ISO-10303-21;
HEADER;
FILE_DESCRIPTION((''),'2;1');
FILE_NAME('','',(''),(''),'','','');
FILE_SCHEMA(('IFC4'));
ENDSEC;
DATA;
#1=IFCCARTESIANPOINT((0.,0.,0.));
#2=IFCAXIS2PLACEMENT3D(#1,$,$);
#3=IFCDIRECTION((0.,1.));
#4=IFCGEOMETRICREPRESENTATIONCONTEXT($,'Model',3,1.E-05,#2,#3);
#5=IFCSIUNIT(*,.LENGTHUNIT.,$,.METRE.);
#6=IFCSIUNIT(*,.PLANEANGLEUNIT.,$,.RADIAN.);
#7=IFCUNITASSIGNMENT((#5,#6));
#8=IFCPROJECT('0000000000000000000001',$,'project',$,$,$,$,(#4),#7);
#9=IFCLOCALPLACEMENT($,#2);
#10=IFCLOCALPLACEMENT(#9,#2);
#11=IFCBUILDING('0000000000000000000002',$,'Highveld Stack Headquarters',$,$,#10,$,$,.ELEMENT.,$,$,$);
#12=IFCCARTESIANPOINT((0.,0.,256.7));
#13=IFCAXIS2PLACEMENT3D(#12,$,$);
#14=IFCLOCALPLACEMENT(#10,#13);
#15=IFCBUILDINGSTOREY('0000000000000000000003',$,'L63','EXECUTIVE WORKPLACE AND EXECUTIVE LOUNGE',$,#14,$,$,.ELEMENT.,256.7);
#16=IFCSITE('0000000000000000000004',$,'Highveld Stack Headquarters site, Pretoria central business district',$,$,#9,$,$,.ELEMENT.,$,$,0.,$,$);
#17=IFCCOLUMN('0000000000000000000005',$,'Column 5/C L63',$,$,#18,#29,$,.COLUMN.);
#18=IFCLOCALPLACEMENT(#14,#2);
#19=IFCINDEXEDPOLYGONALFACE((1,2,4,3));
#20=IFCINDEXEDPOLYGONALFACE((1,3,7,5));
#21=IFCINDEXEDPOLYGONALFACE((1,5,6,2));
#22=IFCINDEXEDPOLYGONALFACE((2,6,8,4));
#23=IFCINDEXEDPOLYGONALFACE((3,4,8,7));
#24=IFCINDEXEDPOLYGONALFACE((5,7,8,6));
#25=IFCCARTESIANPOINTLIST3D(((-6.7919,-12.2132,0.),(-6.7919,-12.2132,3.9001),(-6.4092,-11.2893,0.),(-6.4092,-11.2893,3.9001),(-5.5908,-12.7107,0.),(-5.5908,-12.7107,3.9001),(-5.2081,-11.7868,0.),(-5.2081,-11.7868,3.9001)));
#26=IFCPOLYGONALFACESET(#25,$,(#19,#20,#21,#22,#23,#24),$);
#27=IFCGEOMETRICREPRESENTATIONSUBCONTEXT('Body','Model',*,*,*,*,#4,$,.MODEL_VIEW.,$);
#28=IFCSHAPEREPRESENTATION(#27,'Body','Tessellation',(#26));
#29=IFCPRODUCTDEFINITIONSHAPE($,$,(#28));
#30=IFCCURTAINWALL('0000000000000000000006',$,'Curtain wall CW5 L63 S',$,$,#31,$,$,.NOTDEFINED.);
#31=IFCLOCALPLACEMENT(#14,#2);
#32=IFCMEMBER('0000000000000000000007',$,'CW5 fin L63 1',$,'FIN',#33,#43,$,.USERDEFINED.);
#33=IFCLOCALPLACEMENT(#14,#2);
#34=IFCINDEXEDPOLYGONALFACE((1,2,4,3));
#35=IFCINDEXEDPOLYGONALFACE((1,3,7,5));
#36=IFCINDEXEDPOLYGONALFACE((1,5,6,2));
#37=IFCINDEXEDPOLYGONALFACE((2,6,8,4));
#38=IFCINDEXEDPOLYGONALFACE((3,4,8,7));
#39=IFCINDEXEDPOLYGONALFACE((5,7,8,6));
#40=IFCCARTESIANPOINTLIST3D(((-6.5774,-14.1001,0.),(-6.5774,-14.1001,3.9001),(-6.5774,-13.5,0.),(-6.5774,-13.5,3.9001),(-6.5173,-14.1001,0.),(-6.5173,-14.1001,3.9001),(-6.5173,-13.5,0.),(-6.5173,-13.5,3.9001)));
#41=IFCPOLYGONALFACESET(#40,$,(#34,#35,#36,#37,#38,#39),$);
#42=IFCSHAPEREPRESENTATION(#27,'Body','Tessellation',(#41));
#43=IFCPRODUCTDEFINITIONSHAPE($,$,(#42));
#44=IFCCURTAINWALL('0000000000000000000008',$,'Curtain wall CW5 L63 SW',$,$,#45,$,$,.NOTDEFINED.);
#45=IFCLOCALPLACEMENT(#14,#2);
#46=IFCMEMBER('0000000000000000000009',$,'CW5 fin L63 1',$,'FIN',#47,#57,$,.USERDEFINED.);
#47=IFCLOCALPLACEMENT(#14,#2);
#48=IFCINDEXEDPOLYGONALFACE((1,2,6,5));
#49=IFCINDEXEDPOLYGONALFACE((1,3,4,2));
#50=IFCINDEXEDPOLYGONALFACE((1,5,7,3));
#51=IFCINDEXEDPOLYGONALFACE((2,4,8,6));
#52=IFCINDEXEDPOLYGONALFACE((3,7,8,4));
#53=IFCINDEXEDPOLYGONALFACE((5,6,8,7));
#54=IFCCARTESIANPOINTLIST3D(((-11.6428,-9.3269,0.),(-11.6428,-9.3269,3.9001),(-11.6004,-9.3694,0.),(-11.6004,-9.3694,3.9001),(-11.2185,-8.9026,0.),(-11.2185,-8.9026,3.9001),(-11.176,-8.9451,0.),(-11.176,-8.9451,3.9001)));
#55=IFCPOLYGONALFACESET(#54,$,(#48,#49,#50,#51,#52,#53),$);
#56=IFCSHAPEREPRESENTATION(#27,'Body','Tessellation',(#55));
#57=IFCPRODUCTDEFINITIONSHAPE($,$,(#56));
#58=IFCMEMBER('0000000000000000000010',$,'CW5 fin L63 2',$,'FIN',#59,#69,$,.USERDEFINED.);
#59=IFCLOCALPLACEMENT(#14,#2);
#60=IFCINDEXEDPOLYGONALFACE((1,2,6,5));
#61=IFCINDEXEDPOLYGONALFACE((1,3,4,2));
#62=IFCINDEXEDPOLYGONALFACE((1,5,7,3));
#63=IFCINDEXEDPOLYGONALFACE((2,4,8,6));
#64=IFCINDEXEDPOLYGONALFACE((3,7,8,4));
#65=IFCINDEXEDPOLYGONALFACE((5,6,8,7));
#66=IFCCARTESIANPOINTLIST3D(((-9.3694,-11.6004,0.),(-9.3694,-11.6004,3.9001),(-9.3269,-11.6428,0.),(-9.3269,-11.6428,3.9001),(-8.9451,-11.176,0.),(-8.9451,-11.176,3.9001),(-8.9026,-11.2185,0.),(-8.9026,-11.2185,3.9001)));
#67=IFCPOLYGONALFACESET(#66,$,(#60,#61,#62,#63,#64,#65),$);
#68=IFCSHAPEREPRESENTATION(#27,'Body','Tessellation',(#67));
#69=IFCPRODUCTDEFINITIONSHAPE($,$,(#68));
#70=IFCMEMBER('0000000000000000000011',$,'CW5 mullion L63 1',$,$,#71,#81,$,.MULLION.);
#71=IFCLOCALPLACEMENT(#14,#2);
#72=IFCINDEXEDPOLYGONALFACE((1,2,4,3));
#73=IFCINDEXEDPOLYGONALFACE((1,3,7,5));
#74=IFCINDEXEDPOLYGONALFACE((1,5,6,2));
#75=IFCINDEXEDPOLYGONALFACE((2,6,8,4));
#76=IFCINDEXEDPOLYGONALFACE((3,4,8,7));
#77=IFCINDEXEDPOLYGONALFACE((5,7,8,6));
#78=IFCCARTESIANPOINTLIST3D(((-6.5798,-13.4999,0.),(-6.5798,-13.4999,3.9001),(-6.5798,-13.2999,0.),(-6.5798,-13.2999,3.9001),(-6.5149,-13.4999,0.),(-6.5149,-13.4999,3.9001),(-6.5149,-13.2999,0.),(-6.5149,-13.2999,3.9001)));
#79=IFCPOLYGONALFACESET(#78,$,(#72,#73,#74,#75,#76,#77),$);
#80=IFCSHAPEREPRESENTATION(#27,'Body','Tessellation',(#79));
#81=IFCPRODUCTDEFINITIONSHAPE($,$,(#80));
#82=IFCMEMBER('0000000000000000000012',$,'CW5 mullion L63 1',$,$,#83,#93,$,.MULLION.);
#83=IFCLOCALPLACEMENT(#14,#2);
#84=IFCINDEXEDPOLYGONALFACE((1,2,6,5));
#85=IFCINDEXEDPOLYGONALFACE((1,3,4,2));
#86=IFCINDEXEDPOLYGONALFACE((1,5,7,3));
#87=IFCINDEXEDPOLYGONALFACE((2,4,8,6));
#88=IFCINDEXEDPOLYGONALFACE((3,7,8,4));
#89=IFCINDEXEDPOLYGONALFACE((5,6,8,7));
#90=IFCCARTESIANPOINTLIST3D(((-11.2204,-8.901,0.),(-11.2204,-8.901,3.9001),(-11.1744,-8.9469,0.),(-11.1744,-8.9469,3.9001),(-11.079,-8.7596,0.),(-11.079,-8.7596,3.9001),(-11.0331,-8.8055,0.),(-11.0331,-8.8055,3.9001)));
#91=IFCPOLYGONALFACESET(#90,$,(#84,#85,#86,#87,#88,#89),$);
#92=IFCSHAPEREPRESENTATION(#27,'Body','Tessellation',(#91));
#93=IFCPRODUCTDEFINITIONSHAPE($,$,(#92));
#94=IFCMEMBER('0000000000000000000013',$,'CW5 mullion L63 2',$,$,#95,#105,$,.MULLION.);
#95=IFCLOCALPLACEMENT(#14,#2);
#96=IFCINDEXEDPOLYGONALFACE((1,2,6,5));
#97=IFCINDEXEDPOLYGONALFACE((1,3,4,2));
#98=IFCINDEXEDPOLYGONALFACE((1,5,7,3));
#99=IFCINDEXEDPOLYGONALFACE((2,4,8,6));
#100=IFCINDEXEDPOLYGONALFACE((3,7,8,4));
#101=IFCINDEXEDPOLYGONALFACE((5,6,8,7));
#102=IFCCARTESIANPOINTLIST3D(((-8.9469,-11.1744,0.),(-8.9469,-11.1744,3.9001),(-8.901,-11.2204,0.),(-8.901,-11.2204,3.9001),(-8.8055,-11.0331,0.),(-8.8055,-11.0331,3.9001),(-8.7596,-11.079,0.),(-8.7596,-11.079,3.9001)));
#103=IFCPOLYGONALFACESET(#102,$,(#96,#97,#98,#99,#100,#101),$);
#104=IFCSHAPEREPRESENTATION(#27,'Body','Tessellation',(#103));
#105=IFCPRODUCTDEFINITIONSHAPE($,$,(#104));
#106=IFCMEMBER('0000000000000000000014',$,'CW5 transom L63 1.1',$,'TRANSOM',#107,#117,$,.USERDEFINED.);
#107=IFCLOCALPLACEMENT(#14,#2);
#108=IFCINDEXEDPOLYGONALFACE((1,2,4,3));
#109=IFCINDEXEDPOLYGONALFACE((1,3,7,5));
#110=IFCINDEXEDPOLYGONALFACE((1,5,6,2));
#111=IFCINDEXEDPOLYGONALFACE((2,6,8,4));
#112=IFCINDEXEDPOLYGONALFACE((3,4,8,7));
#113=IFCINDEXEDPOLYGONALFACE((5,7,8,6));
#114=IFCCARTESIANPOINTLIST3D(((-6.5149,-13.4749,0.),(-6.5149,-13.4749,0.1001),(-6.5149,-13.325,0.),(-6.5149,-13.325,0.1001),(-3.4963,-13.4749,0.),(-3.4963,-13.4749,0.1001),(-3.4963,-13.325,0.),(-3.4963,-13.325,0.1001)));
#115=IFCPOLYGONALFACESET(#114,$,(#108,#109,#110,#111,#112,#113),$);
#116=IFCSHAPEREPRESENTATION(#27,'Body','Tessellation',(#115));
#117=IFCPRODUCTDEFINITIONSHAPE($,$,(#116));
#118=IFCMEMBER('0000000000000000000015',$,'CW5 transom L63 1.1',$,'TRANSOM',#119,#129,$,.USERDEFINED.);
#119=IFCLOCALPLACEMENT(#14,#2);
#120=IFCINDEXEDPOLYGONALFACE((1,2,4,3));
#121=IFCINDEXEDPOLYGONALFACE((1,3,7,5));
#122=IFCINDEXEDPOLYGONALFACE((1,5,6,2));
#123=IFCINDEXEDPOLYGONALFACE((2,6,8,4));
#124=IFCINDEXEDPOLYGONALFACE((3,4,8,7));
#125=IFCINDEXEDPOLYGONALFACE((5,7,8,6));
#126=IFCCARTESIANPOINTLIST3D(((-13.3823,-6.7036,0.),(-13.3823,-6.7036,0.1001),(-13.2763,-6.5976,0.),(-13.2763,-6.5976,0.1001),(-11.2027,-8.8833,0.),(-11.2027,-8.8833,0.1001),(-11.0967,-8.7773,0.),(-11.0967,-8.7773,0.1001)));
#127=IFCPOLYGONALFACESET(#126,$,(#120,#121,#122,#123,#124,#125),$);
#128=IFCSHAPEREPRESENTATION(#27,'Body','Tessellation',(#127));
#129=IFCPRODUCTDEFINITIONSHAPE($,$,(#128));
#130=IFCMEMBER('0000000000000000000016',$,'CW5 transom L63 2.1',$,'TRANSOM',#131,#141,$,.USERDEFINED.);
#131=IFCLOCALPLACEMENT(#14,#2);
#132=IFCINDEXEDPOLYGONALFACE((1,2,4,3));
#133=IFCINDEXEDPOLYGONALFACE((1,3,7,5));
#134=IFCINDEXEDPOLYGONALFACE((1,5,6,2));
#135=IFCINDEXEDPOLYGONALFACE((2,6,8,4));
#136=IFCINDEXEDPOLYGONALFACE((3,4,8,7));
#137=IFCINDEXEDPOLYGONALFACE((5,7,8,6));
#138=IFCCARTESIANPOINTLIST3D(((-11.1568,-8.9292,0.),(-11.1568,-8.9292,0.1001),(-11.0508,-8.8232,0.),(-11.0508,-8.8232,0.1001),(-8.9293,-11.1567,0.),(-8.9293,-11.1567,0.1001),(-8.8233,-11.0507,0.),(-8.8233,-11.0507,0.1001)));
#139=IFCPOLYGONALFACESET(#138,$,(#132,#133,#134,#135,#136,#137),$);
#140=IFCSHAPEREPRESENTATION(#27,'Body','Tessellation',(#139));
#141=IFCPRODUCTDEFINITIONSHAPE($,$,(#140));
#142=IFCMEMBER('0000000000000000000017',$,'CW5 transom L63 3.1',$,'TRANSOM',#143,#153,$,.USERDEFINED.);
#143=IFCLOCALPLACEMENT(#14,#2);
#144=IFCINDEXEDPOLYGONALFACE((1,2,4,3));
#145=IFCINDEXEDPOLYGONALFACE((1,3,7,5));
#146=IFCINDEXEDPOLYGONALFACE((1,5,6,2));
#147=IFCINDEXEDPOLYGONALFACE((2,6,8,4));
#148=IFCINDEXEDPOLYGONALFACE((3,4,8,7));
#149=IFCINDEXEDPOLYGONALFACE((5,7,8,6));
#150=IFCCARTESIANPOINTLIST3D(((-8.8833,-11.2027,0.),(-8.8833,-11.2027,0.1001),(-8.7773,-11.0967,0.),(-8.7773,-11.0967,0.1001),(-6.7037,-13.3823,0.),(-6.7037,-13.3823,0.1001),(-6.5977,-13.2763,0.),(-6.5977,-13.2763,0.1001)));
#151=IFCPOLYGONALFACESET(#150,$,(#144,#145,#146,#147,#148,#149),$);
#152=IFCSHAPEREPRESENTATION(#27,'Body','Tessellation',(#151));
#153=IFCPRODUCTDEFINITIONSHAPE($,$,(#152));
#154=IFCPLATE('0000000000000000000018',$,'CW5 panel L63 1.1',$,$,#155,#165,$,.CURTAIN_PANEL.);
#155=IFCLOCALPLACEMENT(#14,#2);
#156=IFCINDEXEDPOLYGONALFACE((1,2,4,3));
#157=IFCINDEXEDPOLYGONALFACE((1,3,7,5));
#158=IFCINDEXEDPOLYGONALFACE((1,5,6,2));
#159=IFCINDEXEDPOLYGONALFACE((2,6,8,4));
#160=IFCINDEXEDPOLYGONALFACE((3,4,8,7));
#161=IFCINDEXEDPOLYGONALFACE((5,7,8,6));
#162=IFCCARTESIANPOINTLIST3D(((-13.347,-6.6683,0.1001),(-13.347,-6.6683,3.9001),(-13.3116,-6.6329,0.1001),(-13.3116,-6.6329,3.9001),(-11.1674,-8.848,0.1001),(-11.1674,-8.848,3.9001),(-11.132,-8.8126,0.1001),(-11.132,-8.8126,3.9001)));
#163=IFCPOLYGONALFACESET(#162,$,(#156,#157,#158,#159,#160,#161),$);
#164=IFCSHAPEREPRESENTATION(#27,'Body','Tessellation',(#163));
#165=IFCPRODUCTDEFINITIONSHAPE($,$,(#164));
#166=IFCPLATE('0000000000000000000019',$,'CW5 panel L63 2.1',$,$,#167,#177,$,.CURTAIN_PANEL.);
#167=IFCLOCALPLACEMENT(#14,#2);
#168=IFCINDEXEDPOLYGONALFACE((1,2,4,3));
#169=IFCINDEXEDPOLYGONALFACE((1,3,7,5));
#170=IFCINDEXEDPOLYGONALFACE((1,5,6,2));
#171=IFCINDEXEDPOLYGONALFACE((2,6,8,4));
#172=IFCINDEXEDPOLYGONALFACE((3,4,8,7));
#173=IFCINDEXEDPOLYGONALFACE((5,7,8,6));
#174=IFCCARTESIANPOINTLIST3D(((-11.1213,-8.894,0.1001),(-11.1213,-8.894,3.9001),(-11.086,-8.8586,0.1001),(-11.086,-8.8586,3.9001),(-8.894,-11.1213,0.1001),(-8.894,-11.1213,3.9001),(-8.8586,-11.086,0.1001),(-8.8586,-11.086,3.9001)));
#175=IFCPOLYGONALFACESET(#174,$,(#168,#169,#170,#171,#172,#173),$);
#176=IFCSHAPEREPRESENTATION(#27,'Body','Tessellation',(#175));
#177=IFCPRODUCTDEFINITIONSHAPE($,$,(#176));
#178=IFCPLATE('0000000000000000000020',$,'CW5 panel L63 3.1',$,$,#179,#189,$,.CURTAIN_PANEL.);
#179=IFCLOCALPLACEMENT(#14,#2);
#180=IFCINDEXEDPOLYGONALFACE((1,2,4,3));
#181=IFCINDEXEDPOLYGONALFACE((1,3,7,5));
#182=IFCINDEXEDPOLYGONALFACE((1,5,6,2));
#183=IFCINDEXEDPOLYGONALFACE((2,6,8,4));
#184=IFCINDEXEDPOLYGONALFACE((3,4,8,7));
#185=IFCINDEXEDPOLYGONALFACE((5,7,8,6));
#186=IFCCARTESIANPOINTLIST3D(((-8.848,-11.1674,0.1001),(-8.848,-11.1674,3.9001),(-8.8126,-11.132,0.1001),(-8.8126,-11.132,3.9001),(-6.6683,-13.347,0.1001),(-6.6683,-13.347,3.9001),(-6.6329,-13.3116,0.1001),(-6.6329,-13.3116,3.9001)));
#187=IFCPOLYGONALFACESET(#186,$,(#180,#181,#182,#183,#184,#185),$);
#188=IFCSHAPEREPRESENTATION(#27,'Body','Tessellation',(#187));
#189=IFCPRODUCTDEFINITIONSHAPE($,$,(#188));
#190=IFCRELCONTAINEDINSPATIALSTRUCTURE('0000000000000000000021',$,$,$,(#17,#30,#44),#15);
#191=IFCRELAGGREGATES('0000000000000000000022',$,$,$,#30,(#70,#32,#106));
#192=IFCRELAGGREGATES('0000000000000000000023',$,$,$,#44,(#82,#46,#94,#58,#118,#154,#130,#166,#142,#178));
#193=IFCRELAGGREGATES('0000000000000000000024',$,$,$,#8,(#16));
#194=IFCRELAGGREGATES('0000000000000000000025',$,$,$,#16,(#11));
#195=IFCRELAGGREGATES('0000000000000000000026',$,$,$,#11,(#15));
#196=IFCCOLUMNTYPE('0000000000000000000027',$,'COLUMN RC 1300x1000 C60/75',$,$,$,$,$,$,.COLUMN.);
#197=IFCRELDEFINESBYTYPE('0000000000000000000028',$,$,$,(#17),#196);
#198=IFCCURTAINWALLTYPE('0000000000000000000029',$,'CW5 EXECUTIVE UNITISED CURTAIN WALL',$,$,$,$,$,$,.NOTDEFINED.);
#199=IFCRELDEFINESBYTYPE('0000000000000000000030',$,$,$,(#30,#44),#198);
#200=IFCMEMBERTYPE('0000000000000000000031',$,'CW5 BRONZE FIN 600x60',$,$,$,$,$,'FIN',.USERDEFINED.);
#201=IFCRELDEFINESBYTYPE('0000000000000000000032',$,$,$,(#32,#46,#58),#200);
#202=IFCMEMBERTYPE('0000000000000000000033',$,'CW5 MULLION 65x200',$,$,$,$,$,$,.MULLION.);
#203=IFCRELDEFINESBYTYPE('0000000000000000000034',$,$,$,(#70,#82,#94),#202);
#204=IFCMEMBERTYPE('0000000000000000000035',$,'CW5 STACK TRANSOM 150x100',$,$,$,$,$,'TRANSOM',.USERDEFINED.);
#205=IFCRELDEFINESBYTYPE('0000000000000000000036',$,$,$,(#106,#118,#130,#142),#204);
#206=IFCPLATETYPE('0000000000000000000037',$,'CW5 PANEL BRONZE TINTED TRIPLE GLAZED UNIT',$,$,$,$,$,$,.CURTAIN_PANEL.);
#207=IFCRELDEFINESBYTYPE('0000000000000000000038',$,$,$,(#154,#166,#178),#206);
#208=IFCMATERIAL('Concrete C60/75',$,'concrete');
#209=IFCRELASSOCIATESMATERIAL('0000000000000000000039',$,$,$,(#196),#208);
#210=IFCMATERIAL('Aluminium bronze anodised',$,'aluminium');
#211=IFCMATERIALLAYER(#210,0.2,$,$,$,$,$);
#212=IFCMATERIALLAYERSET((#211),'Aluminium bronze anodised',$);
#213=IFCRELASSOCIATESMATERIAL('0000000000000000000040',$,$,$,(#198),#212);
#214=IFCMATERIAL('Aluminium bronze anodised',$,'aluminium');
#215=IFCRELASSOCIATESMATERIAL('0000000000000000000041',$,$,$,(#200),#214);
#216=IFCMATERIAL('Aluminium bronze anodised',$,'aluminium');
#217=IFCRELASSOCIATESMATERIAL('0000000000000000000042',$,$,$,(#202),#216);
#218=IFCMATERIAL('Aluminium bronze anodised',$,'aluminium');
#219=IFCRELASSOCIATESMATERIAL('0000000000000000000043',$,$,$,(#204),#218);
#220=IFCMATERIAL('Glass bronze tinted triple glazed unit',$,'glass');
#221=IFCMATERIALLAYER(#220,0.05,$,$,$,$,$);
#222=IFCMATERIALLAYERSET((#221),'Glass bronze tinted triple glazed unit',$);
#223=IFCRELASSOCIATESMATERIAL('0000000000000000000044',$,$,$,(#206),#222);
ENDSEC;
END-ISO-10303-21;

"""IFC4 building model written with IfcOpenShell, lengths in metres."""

from ifc_helpers import new_model, si_unit, direction, frame, origin, origin_2d, place, context, subcontext, project, spatial, rectangle, extrude, material, layer, layer_set, material_profile, profile_set, type_object, element, aggregate, save


model = new_model("IFC4")

# Units and contexts
model_context = context("Model", 3, precision=1e-05, world=origin(), true_north=direction((0.0, 1.0)))
body_context = subcontext(model_context, "Body", "Model", "MODEL_VIEW")
ifc_project = project(units=[si_unit("LENGTHUNIT", "METRE"), si_unit("PLANEANGLEUNIT", "RADIAN")], contexts=[model_context])

# Site, building, storey
site_placement = place(None, origin())
site = spatial("IfcSite", under=ifc_project, at=site_placement, Name="Highveld Stack Headquarters site, Pretoria central business district", CompositionType="ELEMENT", RefElevation=0.0)
building_placement = place(site_placement, origin())
building = spatial("IfcBuilding", under=site, at=building_placement, Name="Highveld Stack Headquarters", CompositionType="ELEMENT")
storey_placement = place(building_placement, frame((0.0, 0.0, 256.7)))
storey = spatial("IfcBuildingStorey", under=building, at=storey_placement, Name="L63", Description="EXECUTIVE WORKPLACE AND EXECUTIVE LOUNGE", CompositionType="ELEMENT", Elevation=256.7)

# Column
ifc_material_1 = material(Name="Concrete C60/75", Category="concrete")
ifc_material_profile_1 = material_profile(ifc_material_1, rectangle(XDim=1.3, YDim=1.0, at=origin_2d()), Name="RC 1300x1000")
ifc_profile_set_1 = profile_set([ifc_material_profile_1], Name="Concrete C60/75")
column_type = type_object("IfcColumnType", Name="COLUMN RC 1300x1000 C60/75", PredefinedType="COLUMN", material=ifc_profile_set_1)
column_placement = place(storey_placement, frame((-6.0, -12.0, 0.0), z_axis=(0.0, 0.0, 1.0), x_axis=(-0.92388, 0.382683, 0.0)))
element("IfcColumn", 1, at=column_placement, inside=storey, type_object=column_type, Name="Column 5/C L63", PredefinedType="COLUMN", context=body_context, shape_type="SweptSolid", body=[
    extrude(rectangle(XDim=1.3, YDim=1.0, at=origin_2d()), origin(), (0.0, 0.0, 1.0), 3.9001),
])

# Curtain wall, member
ifc_material_2 = material(Name="Aluminium bronze anodised", Category="aluminium")
ifc_layer_1 = layer(ifc_material_2, 0.2)
ifc_layer_set_1 = layer_set([ifc_layer_1], Name="Aluminium bronze anodised")
curtain_wall_type = type_object("IfcCurtainWallType", Name="CW5 EXECUTIVE UNITISED CURTAIN WALL", PredefinedType="NOTDEFINED", material=ifc_layer_set_1)
curtain_wall_1_placement = place(storey_placement, origin())
curtain_wall_1 = element("IfcCurtainWall", 2, at=curtain_wall_1_placement, inside=storey, type_object=curtain_wall_type, Name="Curtain wall CW5 L63 S", PredefinedType="NOTDEFINED")
ifc_material_3 = material(Name="Aluminium bronze anodised", Category="aluminium")
ifc_material_profile_2 = material_profile(ifc_material_3, rectangle(XDim=0.6001, YDim=0.0601, at=origin_2d()), Name="FIN 600x60")
ifc_profile_set_2 = profile_set([ifc_material_profile_2], Name="Aluminium bronze anodised")
member_type_1 = type_object("IfcMemberType", Name="CW5 BRONZE FIN 600x60", ElementType="FIN", PredefinedType="USERDEFINED", material=ifc_profile_set_2)
member_1_placement = place(storey_placement, frame((-6.5474, -13.8, 0.0), z_axis=(0.0, 0.0, 1.0), x_axis=(0.0, 1.0, 0.0)))
member_1 = element("IfcMember", 3, at=member_1_placement, type_object=member_type_1, Name="CW5 fin L63 1", ObjectType="FIN", PredefinedType="USERDEFINED", context=body_context, shape_type="SweptSolid", body=[
    extrude(rectangle(XDim=0.6001, YDim=0.0601, at=origin_2d()), origin(), (0.0, 0.0, 1.0), 3.9001),
])

# Curtain wall, members
curtain_wall_2_placement = place(storey_placement, origin())
curtain_wall_2 = element("IfcCurtainWall", 4, at=curtain_wall_2_placement, inside=storey, type_object=curtain_wall_type, Name="Curtain wall CW5 L63 SW", PredefinedType="NOTDEFINED")
member_2_placement = place(storey_placement, frame((-11.4094, -9.136, 0.0), z_axis=(0.0, 0.0, 1.0), x_axis=(0.707107, 0.707107, 0.0)))
member_2 = element("IfcMember", 5, at=member_2_placement, type_object=member_type_1, Name="CW5 fin L63 1", ObjectType="FIN", PredefinedType="USERDEFINED", context=body_context, shape_type="SweptSolid", body=[
    extrude(rectangle(XDim=0.6001, YDim=0.0601, at=origin_2d()), origin(), (0.0, 0.0, 1.0), 3.9001),
])
member_3_placement = place(storey_placement, frame((-9.136, -11.4094, 0.0), z_axis=(0.0, 0.0, 1.0), x_axis=(0.707107, 0.707107, 0.0)))
member_3 = element("IfcMember", 6, at=member_3_placement, type_object=member_type_1, Name="CW5 fin L63 2", ObjectType="FIN", PredefinedType="USERDEFINED", context=body_context, shape_type="SweptSolid", body=[
    extrude(rectangle(XDim=0.6001, YDim=0.0601, at=origin_2d()), origin(), (0.0, 0.0, 1.0), 3.9001),
])

# Members
ifc_material_4 = material(Name="Aluminium bronze anodised", Category="aluminium")
ifc_material_profile_3 = material_profile(ifc_material_4, rectangle(XDim=0.2, YDim=0.0649, at=origin_2d()), Name="CW5 MULLION 65x200")
ifc_profile_set_3 = profile_set([ifc_material_profile_3], Name="Aluminium bronze anodised")
member_type_2 = type_object("IfcMemberType", Name="CW5 MULLION 65x200", PredefinedType="MULLION", material=ifc_profile_set_3)
member_4_placement = place(storey_placement, frame((-6.5474, -13.3999, 0.0), z_axis=(0.0, 0.0, 1.0), x_axis=(0.0, 1.0, 0.0)))
member_4 = element("IfcMember", 7, at=member_4_placement, type_object=member_type_2, Name="CW5 mullion L63 1", PredefinedType="MULLION", context=body_context, shape_type="SweptSolid", body=[
    extrude(rectangle(XDim=0.2, YDim=0.0649, at=origin_2d()), origin(), (0.0, 0.0, 1.0), 3.9001),
])
member_5_placement = place(storey_placement, frame((-11.1267, -8.8533, 0.0), z_axis=(0.0, 0.0, 1.0), x_axis=(0.707107, 0.707107, 0.0)))
member_5 = element("IfcMember", 8, at=member_5_placement, type_object=member_type_2, Name="CW5 mullion L63 1", PredefinedType="MULLION", context=body_context, shape_type="SweptSolid", body=[
    extrude(rectangle(XDim=0.2, YDim=0.0649, at=origin_2d()), origin(), (0.0, 0.0, 1.0), 3.9001),
])
member_6_placement = place(storey_placement, frame((-8.8533, -11.1267, 0.0), z_axis=(0.0, 0.0, 1.0), x_axis=(0.707107, 0.707107, 0.0)))
member_6 = element("IfcMember", 9, at=member_6_placement, type_object=member_type_2, Name="CW5 mullion L63 2", PredefinedType="MULLION", context=body_context, shape_type="SweptSolid", body=[
    extrude(rectangle(XDim=0.2, YDim=0.0649, at=origin_2d()), origin(), (0.0, 0.0, 1.0), 3.9001),
])
ifc_material_5 = material(Name="Aluminium bronze anodised", Category="aluminium")
ifc_material_profile_4 = material_profile(ifc_material_5, rectangle(XDim=0.1499, YDim=0.1001, at=origin_2d()), Name="CW5 TRANSOM 150x100")
ifc_profile_set_4 = profile_set([ifc_material_profile_4], Name="Aluminium bronze anodised")
member_type_3 = type_object("IfcMemberType", Name="CW5 STACK TRANSOM 150x100", ElementType="TRANSOM", PredefinedType="USERDEFINED", material=ifc_profile_set_4)
member_7_placement = place(storey_placement, frame((-6.5149, -13.3999, 0.05), z_axis=(1.0, 0.0, 0.0), x_axis=(0.0, 1.0, 0.0)))
member_7 = element("IfcMember", 10, at=member_7_placement, type_object=member_type_3, Name="CW5 transom L63 1.1", ObjectType="TRANSOM", PredefinedType="USERDEFINED", context=body_context, shape_type="SweptSolid", body=[
    extrude(rectangle(XDim=0.1499, YDim=0.1001, at=origin_2d()), origin(), (0.0, 0.0, 1.0), 3.0186),
])
aggregate(curtain_wall_1, [member_4, member_1, member_7])
member_8_placement = place(storey_placement, frame((-13.3293, -6.6506, 0.05), z_axis=(0.707107, -0.707107, 0.0), x_axis=(0.707107, 0.707107, 0.0)))
member_8 = element("IfcMember", 11, at=member_8_placement, type_object=member_type_3, Name="CW5 transom L63 1.1", ObjectType="TRANSOM", PredefinedType="USERDEFINED", context=body_context, shape_type="SweptSolid", body=[
    extrude(rectangle(XDim=0.1499, YDim=0.1001, at=origin_2d()), origin(), (0.0, 0.0, 1.0), 3.0825),
])
member_9_placement = place(storey_placement, frame((-11.1038, -8.8762, 0.05), z_axis=(0.707107, -0.707107, 0.0), x_axis=(0.707107, 0.707107, 0.0)))
member_9 = element("IfcMember", 12, at=member_9_placement, type_object=member_type_3, Name="CW5 transom L63 2.1", ObjectType="TRANSOM", PredefinedType="USERDEFINED", context=body_context, shape_type="SweptSolid", body=[
    extrude(rectangle(XDim=0.1499, YDim=0.1001, at=origin_2d()), origin(), (0.0, 0.0, 1.0), 3.1501),
])
member_10_placement = place(storey_placement, frame((-8.8303, -11.1497, 0.05), z_axis=(0.707107, -0.707107, 0.0), x_axis=(0.707107, 0.707107, 0.0)))
member_10 = element("IfcMember", 13, at=member_10_placement, type_object=member_type_3, Name="CW5 transom L63 3.1", ObjectType="TRANSOM", PredefinedType="USERDEFINED", context=body_context, shape_type="SweptSolid", body=[
    extrude(rectangle(XDim=0.1499, YDim=0.1001, at=origin_2d()), origin(), (0.0, 0.0, 1.0), 3.0825),
])

# Plates
ifc_material_6 = material(Name="Glass bronze tinted triple glazed unit", Category="glass")
ifc_layer_2 = layer(ifc_material_6, 0.05)
ifc_layer_set_2 = layer_set([ifc_layer_2], Name="Glass bronze tinted triple glazed unit")
plate_type = type_object("IfcPlateType", Name="CW5 PANEL BRONZE TINTED TRIPLE GLAZED UNIT", PredefinedType="CURTAIN_PANEL", material=ifc_layer_set_2)
plate_1_placement = place(storey_placement, frame((-12.2395, -7.7405, 0.1001), z_axis=(0.0, 0.0, 1.0), x_axis=(0.707107, -0.707107, 0.0)))
plate_1 = element("IfcPlate", 14, at=plate_1_placement, type_object=plate_type, Name="CW5 panel L63 1.1", PredefinedType="CURTAIN_PANEL", context=body_context, shape_type="SweptSolid", body=[
    extrude(rectangle(XDim=3.0825, YDim=0.05, at=origin_2d()), origin(), (0.0, 0.0, 1.0), 3.8),
])
plate_2_placement = place(storey_placement, frame((-9.99, -9.99, 0.1001), z_axis=(0.0, 0.0, 1.0), x_axis=(0.707107, -0.707107, 0.0)))
plate_2 = element("IfcPlate", 15, at=plate_2_placement, type_object=plate_type, Name="CW5 panel L63 2.1", PredefinedType="CURTAIN_PANEL", context=body_context, shape_type="SweptSolid", body=[
    extrude(rectangle(XDim=3.1499, YDim=0.05, at=origin_2d()), origin(), (0.0, 0.0, 1.0), 3.8),
])
plate_3_placement = place(storey_placement, frame((-7.7405, -12.2395, 0.1001), z_axis=(0.0, 0.0, 1.0), x_axis=(0.707107, -0.707107, 0.0)))
plate_3 = element("IfcPlate", 16, at=plate_3_placement, type_object=plate_type, Name="CW5 panel L63 3.1", PredefinedType="CURTAIN_PANEL", context=body_context, shape_type="SweptSolid", body=[
    extrude(rectangle(XDim=3.0825, YDim=0.05, at=origin_2d()), origin(), (0.0, 0.0, 1.0), 3.8),
])
aggregate(curtain_wall_2, [member_5, member_2, member_6, member_3, member_8, plate_1, member_9, plate_2, member_10, plate_3])

save(model, "model.ifc")
